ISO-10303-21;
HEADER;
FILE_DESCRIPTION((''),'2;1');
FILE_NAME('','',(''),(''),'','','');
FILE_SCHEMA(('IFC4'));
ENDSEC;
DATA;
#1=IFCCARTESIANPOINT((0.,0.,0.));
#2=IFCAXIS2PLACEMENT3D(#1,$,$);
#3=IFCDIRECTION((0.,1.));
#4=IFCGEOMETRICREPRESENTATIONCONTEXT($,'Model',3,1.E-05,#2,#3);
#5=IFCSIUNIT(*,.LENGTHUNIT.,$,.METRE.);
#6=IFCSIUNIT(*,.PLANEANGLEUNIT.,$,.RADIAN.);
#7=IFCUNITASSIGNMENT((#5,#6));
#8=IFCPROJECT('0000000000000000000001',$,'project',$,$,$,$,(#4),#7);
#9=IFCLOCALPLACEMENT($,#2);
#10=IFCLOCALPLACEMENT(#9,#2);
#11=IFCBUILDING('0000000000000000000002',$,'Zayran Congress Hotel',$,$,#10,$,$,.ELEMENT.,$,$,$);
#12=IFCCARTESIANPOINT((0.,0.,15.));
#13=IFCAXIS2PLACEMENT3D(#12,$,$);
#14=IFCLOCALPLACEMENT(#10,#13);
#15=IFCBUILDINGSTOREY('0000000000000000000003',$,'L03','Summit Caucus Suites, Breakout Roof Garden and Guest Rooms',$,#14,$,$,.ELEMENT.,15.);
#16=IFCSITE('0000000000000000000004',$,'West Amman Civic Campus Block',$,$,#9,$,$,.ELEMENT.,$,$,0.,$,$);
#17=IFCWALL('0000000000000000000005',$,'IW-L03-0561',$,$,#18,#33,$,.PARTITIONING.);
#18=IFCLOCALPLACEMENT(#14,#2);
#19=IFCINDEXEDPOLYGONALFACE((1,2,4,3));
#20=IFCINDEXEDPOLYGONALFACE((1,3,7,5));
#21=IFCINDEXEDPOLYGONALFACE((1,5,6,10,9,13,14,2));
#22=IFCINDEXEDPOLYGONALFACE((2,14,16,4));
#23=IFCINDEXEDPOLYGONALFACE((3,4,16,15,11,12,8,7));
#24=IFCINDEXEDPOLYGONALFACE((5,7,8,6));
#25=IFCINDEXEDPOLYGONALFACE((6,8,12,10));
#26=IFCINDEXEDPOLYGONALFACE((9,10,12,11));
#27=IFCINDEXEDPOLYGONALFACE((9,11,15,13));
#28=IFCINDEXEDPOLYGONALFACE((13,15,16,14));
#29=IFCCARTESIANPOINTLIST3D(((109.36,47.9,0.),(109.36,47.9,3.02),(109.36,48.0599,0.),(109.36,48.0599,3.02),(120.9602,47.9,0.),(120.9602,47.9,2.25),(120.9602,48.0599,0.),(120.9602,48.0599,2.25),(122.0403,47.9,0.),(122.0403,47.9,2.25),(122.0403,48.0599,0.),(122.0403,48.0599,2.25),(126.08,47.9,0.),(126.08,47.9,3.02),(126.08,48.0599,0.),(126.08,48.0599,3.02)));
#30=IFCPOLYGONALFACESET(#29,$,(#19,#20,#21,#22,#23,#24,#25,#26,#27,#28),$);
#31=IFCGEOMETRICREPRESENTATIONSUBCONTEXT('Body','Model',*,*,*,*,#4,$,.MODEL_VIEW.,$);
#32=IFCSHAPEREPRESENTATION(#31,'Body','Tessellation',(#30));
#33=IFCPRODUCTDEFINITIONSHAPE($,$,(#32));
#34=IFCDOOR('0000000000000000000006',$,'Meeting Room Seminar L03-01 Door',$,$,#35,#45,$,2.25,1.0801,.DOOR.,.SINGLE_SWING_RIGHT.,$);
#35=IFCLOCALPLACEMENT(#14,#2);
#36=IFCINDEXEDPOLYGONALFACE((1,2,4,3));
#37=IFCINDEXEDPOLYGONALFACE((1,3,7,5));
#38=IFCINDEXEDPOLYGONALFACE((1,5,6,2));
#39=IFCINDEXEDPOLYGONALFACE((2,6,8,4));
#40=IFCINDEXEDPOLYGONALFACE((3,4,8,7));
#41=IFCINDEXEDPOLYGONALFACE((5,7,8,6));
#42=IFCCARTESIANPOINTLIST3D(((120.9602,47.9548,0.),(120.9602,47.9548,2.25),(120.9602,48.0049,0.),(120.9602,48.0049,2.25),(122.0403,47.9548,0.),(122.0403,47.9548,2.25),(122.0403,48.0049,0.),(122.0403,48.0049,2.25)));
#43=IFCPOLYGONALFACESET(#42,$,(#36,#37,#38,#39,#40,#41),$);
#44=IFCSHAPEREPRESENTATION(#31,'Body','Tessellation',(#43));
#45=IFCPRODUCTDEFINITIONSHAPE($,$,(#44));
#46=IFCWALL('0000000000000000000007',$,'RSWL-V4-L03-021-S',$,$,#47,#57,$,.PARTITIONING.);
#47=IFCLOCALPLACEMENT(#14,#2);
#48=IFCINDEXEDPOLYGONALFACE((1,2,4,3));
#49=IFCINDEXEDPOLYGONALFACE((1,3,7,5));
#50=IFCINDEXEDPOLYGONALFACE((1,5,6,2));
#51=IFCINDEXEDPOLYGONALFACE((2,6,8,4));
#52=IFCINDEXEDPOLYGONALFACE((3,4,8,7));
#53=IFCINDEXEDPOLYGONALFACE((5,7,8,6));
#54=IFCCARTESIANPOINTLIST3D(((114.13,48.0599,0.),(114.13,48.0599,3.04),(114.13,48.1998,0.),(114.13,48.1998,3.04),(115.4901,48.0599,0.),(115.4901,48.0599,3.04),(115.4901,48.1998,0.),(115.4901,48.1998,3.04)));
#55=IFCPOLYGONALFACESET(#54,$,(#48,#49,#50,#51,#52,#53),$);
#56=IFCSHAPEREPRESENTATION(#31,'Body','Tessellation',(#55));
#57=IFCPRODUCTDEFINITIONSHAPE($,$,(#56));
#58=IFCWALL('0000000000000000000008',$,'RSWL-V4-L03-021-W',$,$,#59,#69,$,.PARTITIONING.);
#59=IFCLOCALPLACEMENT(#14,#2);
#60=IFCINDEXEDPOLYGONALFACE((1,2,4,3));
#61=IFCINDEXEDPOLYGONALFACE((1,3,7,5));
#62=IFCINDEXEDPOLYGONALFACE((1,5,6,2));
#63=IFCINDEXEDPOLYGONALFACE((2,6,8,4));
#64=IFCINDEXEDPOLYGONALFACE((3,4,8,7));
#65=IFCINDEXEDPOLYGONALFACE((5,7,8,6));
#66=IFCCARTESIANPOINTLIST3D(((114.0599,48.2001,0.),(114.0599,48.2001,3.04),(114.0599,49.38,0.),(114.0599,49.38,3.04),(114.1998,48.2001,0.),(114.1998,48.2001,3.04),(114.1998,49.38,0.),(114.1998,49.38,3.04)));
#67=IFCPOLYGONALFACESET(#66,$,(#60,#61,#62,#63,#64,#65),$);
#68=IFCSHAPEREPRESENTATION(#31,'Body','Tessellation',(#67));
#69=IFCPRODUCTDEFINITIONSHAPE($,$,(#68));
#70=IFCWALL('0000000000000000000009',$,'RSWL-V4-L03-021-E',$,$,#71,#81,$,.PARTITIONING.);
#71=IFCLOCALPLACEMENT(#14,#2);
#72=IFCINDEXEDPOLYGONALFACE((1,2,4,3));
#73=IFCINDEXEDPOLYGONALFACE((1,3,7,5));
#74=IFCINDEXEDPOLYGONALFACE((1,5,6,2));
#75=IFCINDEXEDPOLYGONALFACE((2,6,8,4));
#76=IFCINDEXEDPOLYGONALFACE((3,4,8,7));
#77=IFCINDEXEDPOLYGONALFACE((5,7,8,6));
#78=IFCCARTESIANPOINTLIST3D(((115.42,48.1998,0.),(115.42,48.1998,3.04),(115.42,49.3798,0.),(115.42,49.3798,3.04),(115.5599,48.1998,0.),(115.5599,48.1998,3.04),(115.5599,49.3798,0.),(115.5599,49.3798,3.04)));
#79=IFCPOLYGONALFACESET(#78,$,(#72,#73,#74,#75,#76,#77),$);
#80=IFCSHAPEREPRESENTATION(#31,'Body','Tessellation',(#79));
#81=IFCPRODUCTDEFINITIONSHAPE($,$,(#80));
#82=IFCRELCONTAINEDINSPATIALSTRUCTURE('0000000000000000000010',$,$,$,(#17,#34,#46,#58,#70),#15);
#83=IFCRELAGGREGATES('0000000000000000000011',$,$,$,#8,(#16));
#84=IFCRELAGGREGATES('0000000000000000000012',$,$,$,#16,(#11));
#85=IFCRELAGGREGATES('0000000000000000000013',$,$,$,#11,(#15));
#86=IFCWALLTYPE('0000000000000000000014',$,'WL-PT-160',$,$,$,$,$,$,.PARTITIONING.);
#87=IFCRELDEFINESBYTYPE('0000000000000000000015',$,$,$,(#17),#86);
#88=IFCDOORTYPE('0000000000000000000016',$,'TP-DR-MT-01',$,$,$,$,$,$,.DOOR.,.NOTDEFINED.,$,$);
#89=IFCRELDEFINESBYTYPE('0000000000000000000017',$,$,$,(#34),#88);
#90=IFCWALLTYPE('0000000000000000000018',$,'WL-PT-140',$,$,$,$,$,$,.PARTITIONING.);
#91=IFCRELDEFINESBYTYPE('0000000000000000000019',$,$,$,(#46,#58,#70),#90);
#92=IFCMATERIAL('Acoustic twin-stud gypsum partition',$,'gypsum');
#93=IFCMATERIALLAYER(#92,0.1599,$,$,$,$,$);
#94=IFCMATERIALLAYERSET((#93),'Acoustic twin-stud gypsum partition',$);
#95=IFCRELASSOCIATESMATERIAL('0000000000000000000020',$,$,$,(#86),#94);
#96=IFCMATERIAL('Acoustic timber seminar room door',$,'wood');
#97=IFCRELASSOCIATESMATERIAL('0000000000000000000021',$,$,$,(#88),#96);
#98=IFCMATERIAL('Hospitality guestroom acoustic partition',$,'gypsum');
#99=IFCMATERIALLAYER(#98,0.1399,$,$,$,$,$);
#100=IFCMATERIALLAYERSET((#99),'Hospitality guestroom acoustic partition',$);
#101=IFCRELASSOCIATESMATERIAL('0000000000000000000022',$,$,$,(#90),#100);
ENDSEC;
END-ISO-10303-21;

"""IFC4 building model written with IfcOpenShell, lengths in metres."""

from ifc_helpers import new_model, si_unit, direction, frame, frame_2d, origin, place, context, subcontext, project, spatial, rectangle, extrude, material, layer, layer_set, type_object, element, fill, save


model = new_model("IFC4")

# Units and contexts
model_context = context("Model", 3, precision=1e-05, world=origin(), true_north=direction((0.0, 1.0)))
body_context = subcontext(model_context, "Body", "Model", "MODEL_VIEW")
ifc_project = project(units=[si_unit("LENGTHUNIT", "METRE"), si_unit("PLANEANGLEUNIT", "RADIAN")], contexts=[model_context])

# Site, building, storey
site_placement = place(None, origin())
site = spatial("IfcSite", under=ifc_project, at=site_placement, Name="West Amman Civic Campus Block", CompositionType="ELEMENT", RefElevation=0.0)
building_placement = place(site_placement, origin())
building = spatial("IfcBuilding", under=site, at=building_placement, Name="Zayran Congress Hotel", CompositionType="ELEMENT")
storey_placement = place(building_placement, frame((0.0, 0.0, 15.0)))
storey = spatial("IfcBuildingStorey", under=building, at=storey_placement, Name="L03", Description="Summit Caucus Suites, Breakout Roof Garden and Guest Rooms", CompositionType="ELEMENT", Elevation=15.0)

# Wall, opening, door
ifc_material_1 = material(Name="Acoustic twin-stud gypsum partition", Category="gypsum")
ifc_layer_1 = layer(ifc_material_1, 0.1599)
ifc_layer_set_1 = layer_set([ifc_layer_1], Name="Acoustic twin-stud gypsum partition")
wall_type_1 = type_object("IfcWallType", Name="WL-PT-160", PredefinedType="PARTITIONING", material=ifc_layer_set_1)
wall_1_placement = place(storey_placement, frame((109.3601, 47.98, 0.0), z_axis=(0.0, 0.0, 1.0), x_axis=(1.0, 0.0, 0.0)))
wall_1 = element("IfcWall", 1, at=wall_1_placement, inside=storey, type_object=wall_type_1, Name="IW-L03-0561", PredefinedType="PARTITIONING", context=body_context, shape_type="SweptSolid", body=[
    extrude(rectangle(XDim=16.72, YDim=0.1599, at=frame_2d((8.3599, 0.0))), origin(), (0.0, 0.0, 1.0), 3.02),
])
opening_placement = place(wall_1_placement, frame((11.6001, 0.0, 0.0)))
opening = element("IfcOpeningElement", 2, at=opening_placement, cuts=wall_1, PredefinedType="OPENING", context=body_context, shape_type="SweptSolid", body=[
    extrude(rectangle(XDim=1.0801, YDim=2.25, at=frame_2d((0.54, 1.125))), frame((0.0, 0.0898, 0.0), z_axis=(0.0, -1.0, 0.0), x_axis=(1.0, 0.0, 0.0)), (0.0, 0.0, 1.0), 0.1799),
])
ifc_material_2 = material(Name="Acoustic timber seminar room door", Category="wood")
door_type = type_object("IfcDoorType", Name="TP-DR-MT-01", OperationType="NOTDEFINED", PredefinedType="DOOR", material=ifc_material_2)
door_placement = place(opening_placement, origin())
door = element("IfcDoor", 3, at=door_placement, inside=storey, type_object=door_type, Name="Meeting Room Seminar L03-01 Door", OperationType="SINGLE_SWING_RIGHT", OverallHeight=2.25, OverallWidth=1.0801, PredefinedType="DOOR", context=body_context, shape_type="SweptSolid", body=[
    extrude(rectangle(XDim=1.0801, YDim=2.25, at=frame_2d((0.54, 1.125))), frame((0.0, 0.0249, 0.0), z_axis=(0.0, -1.0, 0.0), x_axis=(1.0, 0.0, 0.0)), (0.0, 0.0, 1.0), 0.05),
])
fill(opening, door)

# Walls
ifc_material_3 = material(Name="Hospitality guestroom acoustic partition", Category="gypsum")
ifc_layer_2 = layer(ifc_material_3, 0.1399)
ifc_layer_set_2 = layer_set([ifc_layer_2], Name="Hospitality guestroom acoustic partition")
wall_type_2 = type_object("IfcWallType", Name="WL-PT-140", PredefinedType="PARTITIONING", material=ifc_layer_set_2)
wall_2_placement = place(storey_placement, frame((114.1299, 48.1299, 0.0), z_axis=(0.0, 0.0, 1.0), x_axis=(1.0, 0.0, 0.0)))
element("IfcWall", 4, at=wall_2_placement, inside=storey, type_object=wall_type_2, Name="RSWL-V4-L03-021-S", PredefinedType="PARTITIONING", context=body_context, shape_type="SweptSolid", body=[
    extrude(rectangle(XDim=1.3601, YDim=0.1399, at=frame_2d((0.6802, 0.0))), origin(), (0.0, 0.0, 1.0), 3.04),
])
for number, where, z_axis, x_axis, name in (
    (5, (114.1299, 49.3799, 0.0), (0.0, 0.0, 1.0), (0.0, -1.0, 0.0), "RSWL-V4-L03-021-W"),
    (6, (115.49, 48.2, 0.0), (0.0, 0.0, 1.0), (0.0, 1.0, 0.0), "RSWL-V4-L03-021-E"),
):
    element("IfcWall", number, at=place(storey_placement, frame(where, z_axis=z_axis, x_axis=x_axis)), inside=storey, type_object=wall_type_2, Name=name, PredefinedType="PARTITIONING", context=body_context, shape_type="SweptSolid", body=[
        extrude(rectangle(XDim=1.1799, YDim=0.1399, at=frame_2d((0.5898, 0.0))), origin(), (0.0, 0.0, 1.0), 3.04),
    ])

save(model, "model.ifc")
